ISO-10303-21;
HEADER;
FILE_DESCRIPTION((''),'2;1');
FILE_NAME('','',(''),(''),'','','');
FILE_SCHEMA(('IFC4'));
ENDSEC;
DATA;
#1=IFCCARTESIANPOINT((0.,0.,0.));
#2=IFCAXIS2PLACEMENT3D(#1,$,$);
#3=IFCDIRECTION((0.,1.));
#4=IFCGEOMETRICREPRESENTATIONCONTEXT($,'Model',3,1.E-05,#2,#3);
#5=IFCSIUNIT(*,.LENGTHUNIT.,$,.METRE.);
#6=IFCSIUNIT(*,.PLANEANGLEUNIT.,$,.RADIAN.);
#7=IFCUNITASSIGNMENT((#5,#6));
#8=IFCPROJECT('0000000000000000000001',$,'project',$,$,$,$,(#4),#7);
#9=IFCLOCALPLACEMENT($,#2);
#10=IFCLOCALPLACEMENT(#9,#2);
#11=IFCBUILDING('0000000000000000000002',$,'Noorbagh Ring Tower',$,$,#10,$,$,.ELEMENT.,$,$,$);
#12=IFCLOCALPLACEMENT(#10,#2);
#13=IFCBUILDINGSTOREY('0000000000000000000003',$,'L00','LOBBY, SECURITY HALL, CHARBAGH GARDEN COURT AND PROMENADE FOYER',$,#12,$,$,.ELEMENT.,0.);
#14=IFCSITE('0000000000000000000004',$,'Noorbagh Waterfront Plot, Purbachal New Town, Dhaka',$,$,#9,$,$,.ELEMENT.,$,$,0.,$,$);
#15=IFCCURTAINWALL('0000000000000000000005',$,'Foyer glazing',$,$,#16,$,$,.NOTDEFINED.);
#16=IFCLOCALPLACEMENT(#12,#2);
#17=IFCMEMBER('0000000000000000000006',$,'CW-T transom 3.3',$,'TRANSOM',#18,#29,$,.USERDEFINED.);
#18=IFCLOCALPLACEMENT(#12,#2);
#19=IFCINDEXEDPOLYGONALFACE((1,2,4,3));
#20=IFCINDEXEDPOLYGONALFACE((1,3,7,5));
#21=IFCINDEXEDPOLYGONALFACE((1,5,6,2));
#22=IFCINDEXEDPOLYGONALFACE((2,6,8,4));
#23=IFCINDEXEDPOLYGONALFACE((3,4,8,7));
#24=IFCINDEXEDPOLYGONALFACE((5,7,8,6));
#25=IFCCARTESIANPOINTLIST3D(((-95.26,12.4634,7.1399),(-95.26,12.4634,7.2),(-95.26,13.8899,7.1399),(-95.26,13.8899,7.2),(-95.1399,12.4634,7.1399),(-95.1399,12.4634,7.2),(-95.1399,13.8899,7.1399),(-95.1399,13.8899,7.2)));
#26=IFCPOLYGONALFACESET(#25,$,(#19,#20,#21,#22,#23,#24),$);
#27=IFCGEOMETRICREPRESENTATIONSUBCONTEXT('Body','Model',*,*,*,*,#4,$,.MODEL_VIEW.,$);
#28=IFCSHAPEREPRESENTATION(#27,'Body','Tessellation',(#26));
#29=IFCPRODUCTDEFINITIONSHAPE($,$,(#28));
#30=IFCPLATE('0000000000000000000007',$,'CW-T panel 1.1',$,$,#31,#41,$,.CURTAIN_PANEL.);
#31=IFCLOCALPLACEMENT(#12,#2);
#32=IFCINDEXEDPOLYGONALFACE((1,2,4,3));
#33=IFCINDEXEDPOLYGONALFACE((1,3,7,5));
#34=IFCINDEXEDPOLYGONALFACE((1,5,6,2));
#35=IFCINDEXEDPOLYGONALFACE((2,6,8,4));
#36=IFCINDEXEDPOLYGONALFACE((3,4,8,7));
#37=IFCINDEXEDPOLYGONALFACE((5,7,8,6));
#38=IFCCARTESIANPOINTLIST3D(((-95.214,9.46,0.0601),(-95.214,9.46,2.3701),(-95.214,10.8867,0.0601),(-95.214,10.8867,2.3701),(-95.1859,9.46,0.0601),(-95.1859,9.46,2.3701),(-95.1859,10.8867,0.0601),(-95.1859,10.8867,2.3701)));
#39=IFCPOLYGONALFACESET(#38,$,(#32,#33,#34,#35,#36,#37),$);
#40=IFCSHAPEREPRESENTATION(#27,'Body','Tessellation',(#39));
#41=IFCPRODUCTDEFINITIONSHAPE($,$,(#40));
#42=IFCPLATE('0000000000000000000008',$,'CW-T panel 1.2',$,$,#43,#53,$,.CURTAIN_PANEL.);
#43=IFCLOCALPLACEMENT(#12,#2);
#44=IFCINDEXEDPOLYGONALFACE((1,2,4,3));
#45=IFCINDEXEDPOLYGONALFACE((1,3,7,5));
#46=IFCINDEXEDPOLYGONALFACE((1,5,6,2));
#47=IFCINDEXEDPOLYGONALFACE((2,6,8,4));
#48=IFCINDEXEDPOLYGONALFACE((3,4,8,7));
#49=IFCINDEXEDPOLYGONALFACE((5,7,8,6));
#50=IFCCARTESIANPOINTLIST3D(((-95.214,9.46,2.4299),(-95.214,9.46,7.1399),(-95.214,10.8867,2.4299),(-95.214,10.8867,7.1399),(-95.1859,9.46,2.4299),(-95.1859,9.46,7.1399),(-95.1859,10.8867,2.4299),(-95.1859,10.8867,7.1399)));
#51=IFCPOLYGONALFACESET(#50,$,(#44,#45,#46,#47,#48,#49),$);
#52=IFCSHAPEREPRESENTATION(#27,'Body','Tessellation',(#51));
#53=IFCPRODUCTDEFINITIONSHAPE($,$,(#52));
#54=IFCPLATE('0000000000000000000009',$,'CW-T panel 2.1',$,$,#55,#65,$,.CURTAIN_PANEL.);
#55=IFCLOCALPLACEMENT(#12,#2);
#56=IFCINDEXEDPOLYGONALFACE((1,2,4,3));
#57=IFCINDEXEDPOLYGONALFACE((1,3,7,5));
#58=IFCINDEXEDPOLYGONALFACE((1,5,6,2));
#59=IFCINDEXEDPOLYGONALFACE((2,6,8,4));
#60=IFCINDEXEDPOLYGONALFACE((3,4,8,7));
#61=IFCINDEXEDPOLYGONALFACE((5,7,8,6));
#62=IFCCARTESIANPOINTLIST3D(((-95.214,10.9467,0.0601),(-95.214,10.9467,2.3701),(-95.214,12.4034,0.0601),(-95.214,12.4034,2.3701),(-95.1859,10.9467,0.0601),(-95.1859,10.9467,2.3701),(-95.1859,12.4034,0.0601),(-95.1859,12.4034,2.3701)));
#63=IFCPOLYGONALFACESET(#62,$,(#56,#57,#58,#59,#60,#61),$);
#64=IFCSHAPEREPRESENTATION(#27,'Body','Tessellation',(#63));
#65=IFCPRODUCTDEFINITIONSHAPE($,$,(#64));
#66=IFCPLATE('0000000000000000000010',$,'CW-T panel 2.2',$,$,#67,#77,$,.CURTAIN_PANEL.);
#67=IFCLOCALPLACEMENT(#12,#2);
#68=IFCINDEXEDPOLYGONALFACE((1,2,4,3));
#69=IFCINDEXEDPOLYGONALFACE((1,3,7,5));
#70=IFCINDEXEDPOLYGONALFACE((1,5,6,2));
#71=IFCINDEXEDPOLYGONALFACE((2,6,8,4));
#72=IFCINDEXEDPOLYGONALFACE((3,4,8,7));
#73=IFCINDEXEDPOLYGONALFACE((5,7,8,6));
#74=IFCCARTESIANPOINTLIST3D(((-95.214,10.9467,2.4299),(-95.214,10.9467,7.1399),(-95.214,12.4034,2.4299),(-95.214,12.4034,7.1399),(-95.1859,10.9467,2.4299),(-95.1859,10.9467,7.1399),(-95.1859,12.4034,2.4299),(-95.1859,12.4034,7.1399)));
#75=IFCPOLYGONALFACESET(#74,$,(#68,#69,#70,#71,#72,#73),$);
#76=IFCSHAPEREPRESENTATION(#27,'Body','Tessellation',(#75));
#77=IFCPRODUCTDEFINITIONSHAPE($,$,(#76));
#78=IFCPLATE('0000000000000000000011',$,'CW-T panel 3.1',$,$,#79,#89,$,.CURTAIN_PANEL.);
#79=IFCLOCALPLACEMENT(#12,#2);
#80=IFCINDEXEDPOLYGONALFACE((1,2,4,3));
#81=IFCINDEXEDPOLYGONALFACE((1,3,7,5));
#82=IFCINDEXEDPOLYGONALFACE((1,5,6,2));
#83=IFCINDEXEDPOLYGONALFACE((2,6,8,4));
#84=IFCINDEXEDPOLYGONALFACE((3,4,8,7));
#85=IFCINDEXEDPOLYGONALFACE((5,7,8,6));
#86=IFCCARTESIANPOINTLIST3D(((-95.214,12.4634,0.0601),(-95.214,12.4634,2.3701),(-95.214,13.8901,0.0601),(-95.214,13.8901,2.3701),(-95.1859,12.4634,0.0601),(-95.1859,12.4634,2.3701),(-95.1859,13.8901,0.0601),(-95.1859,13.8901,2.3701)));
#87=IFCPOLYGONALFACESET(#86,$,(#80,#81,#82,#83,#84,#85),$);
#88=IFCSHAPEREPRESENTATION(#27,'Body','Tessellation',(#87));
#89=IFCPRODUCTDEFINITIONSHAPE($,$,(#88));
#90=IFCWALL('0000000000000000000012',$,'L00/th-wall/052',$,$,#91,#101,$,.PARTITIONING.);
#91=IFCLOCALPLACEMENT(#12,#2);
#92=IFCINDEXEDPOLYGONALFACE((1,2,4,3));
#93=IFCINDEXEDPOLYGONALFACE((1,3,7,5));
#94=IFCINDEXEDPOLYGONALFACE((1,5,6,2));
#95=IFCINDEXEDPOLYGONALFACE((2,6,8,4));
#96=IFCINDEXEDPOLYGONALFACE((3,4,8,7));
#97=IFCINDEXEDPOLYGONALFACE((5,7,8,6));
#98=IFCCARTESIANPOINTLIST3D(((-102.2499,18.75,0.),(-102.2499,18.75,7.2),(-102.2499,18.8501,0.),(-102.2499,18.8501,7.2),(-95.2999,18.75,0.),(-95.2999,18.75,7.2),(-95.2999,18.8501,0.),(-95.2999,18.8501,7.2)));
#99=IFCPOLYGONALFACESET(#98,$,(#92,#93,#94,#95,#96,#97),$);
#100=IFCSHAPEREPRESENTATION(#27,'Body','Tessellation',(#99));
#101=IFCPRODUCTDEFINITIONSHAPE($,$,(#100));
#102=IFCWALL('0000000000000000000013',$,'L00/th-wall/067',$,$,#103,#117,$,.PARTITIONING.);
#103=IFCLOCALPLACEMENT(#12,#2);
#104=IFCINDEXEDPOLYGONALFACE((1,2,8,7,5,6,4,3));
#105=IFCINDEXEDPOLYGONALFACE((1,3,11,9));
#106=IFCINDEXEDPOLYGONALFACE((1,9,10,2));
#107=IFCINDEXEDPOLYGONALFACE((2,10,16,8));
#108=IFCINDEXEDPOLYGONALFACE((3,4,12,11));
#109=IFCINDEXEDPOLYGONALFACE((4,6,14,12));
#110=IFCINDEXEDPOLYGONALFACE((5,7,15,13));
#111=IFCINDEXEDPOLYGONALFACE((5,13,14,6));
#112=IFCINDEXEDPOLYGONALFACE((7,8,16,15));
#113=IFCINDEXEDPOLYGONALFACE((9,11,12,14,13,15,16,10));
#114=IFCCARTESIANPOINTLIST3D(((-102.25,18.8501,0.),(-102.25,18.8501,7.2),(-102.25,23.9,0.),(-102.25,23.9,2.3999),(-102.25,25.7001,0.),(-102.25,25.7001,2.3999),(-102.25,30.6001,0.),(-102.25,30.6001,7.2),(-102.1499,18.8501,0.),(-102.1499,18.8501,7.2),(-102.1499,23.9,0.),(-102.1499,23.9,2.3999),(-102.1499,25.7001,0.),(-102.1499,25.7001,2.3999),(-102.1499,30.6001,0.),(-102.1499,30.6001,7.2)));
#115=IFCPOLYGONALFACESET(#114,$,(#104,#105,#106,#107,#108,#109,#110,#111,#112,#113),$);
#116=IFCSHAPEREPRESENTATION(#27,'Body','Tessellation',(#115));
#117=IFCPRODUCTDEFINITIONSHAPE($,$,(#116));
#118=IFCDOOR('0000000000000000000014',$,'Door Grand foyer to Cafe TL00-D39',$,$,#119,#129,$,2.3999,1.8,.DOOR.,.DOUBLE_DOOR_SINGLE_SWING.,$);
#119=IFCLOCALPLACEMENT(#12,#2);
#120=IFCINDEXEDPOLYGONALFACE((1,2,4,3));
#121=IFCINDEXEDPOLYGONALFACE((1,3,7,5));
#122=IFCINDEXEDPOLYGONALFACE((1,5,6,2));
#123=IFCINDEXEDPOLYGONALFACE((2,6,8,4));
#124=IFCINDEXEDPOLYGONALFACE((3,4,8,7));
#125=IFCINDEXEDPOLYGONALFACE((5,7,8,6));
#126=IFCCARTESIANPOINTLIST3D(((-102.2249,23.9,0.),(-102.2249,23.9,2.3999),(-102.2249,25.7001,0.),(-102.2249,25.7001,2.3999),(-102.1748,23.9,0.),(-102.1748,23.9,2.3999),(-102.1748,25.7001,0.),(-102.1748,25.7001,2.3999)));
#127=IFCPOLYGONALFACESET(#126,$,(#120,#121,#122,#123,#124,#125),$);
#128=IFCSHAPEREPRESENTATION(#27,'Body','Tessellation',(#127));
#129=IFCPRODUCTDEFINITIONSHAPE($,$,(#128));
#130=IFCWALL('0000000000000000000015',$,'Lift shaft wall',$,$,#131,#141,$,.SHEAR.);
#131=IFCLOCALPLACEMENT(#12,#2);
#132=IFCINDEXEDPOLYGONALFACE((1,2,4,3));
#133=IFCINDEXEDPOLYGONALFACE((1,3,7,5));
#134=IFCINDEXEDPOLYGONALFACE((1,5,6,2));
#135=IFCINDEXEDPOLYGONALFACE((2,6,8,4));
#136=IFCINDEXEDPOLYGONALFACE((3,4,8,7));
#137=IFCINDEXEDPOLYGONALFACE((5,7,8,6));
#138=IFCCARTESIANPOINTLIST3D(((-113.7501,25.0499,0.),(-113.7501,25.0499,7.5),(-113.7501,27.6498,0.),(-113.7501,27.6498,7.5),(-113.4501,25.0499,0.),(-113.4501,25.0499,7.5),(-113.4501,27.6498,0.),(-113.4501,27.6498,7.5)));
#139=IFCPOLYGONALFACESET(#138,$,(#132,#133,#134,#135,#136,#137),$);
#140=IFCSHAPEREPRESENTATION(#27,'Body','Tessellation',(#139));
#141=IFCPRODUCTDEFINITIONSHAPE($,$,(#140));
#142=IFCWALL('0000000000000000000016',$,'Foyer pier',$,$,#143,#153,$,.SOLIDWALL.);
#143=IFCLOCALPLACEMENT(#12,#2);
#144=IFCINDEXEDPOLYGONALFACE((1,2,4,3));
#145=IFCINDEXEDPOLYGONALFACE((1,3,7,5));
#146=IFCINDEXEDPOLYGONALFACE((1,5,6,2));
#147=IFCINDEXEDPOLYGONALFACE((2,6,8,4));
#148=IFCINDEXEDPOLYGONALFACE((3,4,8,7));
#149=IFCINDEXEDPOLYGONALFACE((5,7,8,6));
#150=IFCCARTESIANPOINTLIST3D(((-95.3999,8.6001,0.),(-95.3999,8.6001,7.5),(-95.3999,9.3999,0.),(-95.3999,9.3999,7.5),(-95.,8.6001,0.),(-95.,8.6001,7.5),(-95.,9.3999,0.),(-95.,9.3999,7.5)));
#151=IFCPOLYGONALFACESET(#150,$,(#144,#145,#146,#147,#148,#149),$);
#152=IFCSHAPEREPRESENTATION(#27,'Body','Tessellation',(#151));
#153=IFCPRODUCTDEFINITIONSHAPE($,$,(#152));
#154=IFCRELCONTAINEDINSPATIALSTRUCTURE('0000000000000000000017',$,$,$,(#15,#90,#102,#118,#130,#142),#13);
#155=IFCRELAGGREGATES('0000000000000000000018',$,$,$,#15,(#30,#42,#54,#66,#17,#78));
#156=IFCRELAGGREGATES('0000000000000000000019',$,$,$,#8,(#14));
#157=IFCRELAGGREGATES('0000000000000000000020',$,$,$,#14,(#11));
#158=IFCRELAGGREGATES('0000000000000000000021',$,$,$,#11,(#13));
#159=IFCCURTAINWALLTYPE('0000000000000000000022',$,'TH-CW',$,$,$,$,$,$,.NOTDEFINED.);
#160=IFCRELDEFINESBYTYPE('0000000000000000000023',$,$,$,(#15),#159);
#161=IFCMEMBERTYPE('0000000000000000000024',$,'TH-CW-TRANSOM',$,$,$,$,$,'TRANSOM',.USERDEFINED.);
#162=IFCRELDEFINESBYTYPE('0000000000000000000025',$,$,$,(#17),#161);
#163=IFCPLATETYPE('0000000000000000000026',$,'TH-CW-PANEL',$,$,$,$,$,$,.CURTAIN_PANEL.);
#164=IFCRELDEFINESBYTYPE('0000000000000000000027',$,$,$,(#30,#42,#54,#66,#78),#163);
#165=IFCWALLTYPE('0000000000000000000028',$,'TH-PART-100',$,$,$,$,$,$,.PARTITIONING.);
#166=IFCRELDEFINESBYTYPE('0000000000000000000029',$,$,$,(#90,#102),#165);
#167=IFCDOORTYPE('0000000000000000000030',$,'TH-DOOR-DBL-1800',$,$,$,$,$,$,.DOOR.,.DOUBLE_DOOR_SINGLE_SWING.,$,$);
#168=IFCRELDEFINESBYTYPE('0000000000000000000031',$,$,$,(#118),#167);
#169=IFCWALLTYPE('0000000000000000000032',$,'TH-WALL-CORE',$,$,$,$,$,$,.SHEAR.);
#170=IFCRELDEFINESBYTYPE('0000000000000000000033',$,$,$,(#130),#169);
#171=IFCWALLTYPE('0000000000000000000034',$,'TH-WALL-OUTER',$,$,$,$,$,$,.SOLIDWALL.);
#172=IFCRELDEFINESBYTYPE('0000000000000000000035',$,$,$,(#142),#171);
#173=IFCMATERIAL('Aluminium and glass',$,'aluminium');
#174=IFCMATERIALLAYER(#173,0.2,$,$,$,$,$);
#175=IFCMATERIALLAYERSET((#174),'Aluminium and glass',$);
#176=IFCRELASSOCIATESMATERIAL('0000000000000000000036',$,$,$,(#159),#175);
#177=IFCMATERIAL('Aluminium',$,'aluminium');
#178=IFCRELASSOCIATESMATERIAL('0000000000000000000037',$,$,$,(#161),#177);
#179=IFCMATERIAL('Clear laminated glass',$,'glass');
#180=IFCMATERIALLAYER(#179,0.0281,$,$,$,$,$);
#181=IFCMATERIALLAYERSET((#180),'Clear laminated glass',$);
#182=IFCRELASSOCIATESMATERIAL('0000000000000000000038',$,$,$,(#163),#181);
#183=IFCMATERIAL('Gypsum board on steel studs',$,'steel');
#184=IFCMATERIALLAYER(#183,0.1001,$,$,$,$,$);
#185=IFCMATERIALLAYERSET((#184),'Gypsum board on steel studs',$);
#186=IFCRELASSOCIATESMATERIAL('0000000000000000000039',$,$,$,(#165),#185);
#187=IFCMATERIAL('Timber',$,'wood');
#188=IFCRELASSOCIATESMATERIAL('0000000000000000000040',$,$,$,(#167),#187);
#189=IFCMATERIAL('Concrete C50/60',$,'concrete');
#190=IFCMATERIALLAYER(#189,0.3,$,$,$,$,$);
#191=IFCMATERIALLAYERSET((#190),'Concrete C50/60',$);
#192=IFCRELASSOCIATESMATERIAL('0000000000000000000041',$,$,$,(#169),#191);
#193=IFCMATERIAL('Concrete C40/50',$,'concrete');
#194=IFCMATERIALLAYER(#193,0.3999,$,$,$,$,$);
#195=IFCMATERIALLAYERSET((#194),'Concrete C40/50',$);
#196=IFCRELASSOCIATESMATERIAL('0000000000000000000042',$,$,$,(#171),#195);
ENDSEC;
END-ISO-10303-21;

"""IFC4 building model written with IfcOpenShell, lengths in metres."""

from ifc_helpers import new_model, si_unit, direction, frame, frame_2d, origin, origin_2d, place, context, subcontext, project, spatial, rectangle, extrude, material, layer, layer_set, material_profile, profile_set, type_object, element, fill, aggregate, save


model = new_model("IFC4")

# Units and contexts
model_context = context("Model", 3, precision=1e-05, world=origin(), true_north=direction((0.0, 1.0)))
body_context = subcontext(model_context, "Body", "Model", "MODEL_VIEW")
ifc_project = project(units=[si_unit("LENGTHUNIT", "METRE"), si_unit("PLANEANGLEUNIT", "RADIAN")], contexts=[model_context])

# Site, building, storey
site_placement = place(None, origin())
site = spatial("IfcSite", under=ifc_project, at=site_placement, Name="Noorbagh Waterfront Plot, Purbachal New Town, Dhaka", CompositionType="ELEMENT", RefElevation=0.0)
building_placement = place(site_placement, origin())
building = spatial("IfcBuilding", under=site, at=building_placement, Name="Noorbagh Ring Tower", CompositionType="ELEMENT")
storey_placement = place(building_placement, origin())
storey = spatial("IfcBuildingStorey", under=building, at=storey_placement, Name="L00", Description="LOBBY, SECURITY HALL, CHARBAGH GARDEN COURT AND PROMENADE FOYER", CompositionType="ELEMENT", Elevation=0.0)

# Curtain wall, member, plates
ifc_material_1 = material(Name="Aluminium and glass", Category="aluminium")
ifc_layer_1 = layer(ifc_material_1, 0.2)
ifc_layer_set_1 = layer_set([ifc_layer_1], Name="Aluminium and glass")
curtain_wall_type = type_object("IfcCurtainWallType", Name="TH-CW", PredefinedType="NOTDEFINED", material=ifc_layer_set_1)
curtain_wall_placement = place(storey_placement, origin())
curtain_wall = element("IfcCurtainWall", 1, at=curtain_wall_placement, inside=storey, type_object=curtain_wall_type, Name="Foyer glazing", PredefinedType="NOTDEFINED")
ifc_material_2 = material(Name="Aluminium", Category="aluminium")
ifc_material_profile_1 = material_profile(ifc_material_2, rectangle(XDim=0.1201, YDim=0.0601, at=origin_2d()), Name="AL 120x60")
ifc_profile_set_1 = profile_set([ifc_material_profile_1], Name="Aluminium")
member_type_1 = type_object("IfcMemberType", Name="TH-CW-TRANSOM", ElementType="TRANSOM", PredefinedType="USERDEFINED", material=ifc_profile_set_1)
member_1_placement = place(storey_placement, frame((-95.2, 12.4634, 7.1699), z_axis=(0.0, 1.0, 0.0), x_axis=(-1.0, 0.0, 0.0)))
member_1 = element("IfcMember", 2, at=member_1_placement, type_object=member_type_1, Name="CW-T transom 3.3", ObjectType="TRANSOM", PredefinedType="USERDEFINED", context=body_context, shape_type="SweptSolid", body=[
    extrude(rectangle(XDim=0.1201, YDim=0.0601, at=origin_2d()), origin(), (0.0, 0.0, 1.0), 1.4265),
])
ifc_material_3 = material(Name="Clear laminated glass", Category="glass")
ifc_layer_2 = layer(ifc_material_3, 0.0281)
ifc_layer_set_2 = layer_set([ifc_layer_2], Name="Clear laminated glass")
plate_type = type_object("IfcPlateType", Name="TH-CW-PANEL", PredefinedType="CURTAIN_PANEL", material=ifc_layer_set_2)
plate_1_placement = place(storey_placement, frame((-95.2, 10.1733, 0.0601), z_axis=(0.0, 0.0, 1.0), x_axis=(0.0, 1.0, 0.0)))
plate_1 = element("IfcPlate", 3, at=plate_1_placement, type_object=plate_type, Name="CW-T panel 1.1", PredefinedType="CURTAIN_PANEL", context=body_context, shape_type="SweptSolid", body=[
    extrude(rectangle(XDim=1.4268, YDim=0.0281, at=origin_2d()), origin(), (0.0, 0.0, 1.0), 2.3101),
])
plate_2_placement = place(storey_placement, frame((-95.2, 10.1733, 2.4299), z_axis=(0.0, 0.0, 1.0), x_axis=(0.0, 1.0, 0.0)))
plate_2 = element("IfcPlate", 4, at=plate_2_placement, type_object=plate_type, Name="CW-T panel 1.2", PredefinedType="CURTAIN_PANEL", context=body_context, shape_type="SweptSolid", body=[
    extrude(rectangle(XDim=1.4268, YDim=0.0281, at=origin_2d()), origin(), (0.0, 0.0, 1.0), 4.71),
])
plate_3_placement = place(storey_placement, frame((-95.2, 11.675, 0.0601), z_axis=(0.0, 0.0, 1.0), x_axis=(0.0, 1.0, 0.0)))
plate_3 = element("IfcPlate", 5, at=plate_3_placement, type_object=plate_type, Name="CW-T panel 2.1", PredefinedType="CURTAIN_PANEL", context=body_context, shape_type="SweptSolid", body=[
    extrude(rectangle(XDim=1.4568, YDim=0.0281, at=origin_2d()), origin(), (0.0, 0.0, 1.0), 2.3101),
])
plate_4_placement = place(storey_placement, frame((-95.2, 11.675, 2.4299), z_axis=(0.0, 0.0, 1.0), x_axis=(0.0, 1.0, 0.0)))
plate_4 = element("IfcPlate", 6, at=plate_4_placement, type_object=plate_type, Name="CW-T panel 2.2", PredefinedType="CURTAIN_PANEL", context=body_context, shape_type="SweptSolid", body=[
    extrude(rectangle(XDim=1.4568, YDim=0.0281, at=origin_2d()), origin(), (0.0, 0.0, 1.0), 4.71),
])
plate_5_placement = place(storey_placement, frame((-95.2, 13.1768, 0.0601), z_axis=(0.0, 0.0, 1.0), x_axis=(0.0, 1.0, 0.0)))
plate_5 = element("IfcPlate", 7, at=plate_5_placement, type_object=plate_type, Name="CW-T panel 3.1", PredefinedType="CURTAIN_PANEL", context=body_context, shape_type="SweptSolid", body=[
    extrude(rectangle(XDim=1.4268, YDim=0.0281, at=origin_2d()), origin(), (0.0, 0.0, 1.0), 2.3101),
])
aggregate(curtain_wall, [plate_1, plate_2, plate_3, plate_4, member_1, plate_5])

# Wall
ifc_material_4 = material(Name="Gypsum board on steel studs", Category="steel")
ifc_layer_3 = layer(ifc_material_4, 0.1001)
ifc_layer_set_3 = layer_set([ifc_layer_3], Name="Gypsum board on steel studs")
wall_type_1 = type_object("IfcWallType", Name="TH-PART-100", PredefinedType="PARTITIONING", material=ifc_layer_set_3)
wall_1_placement = place(storey_placement, frame((-102.25, 18.8, 0.0), z_axis=(0.0, 0.0, 1.0), x_axis=(1.0, 0.0, 0.0)))
element("IfcWall", 8, at=wall_1_placement, inside=storey, type_object=wall_type_1, Name="L00/th-wall/052", PredefinedType="PARTITIONING", context=body_context, shape_type="SweptSolid", body=[
    extrude(rectangle(XDim=6.95, YDim=0.1001, at=frame_2d((3.4751, 0.0))), origin(), (0.0, 0.0, 1.0), 7.2),
])

# Wall, opening, door
wall_2_placement = place(storey_placement, frame((-102.2, 18.8501, 0.0), z_axis=(0.0, 0.0, 1.0), x_axis=(0.0, 1.0, 0.0)))
wall_2 = element("IfcWall", 9, at=wall_2_placement, inside=storey, type_object=wall_type_1, Name="L00/th-wall/067", PredefinedType="PARTITIONING", context=body_context, shape_type="SweptSolid", body=[
    extrude(rectangle(XDim=11.75, YDim=0.1001, at=frame_2d((5.875, 0.0))), origin(), (0.0, 0.0, 1.0), 7.2),
])
opening_1_placement = place(wall_2_placement, frame((5.05, 0.0, 0.0)))
opening_1 = element("IfcOpeningElement", 10, at=opening_1_placement, cuts=wall_2, PredefinedType="OPENING", context=body_context, shape_type="SweptSolid", body=[
    extrude(rectangle(XDim=1.8, YDim=2.3999, at=frame_2d((0.8999, 1.2))), frame((0.0, 0.0601, 0.0), z_axis=(0.0, -1.0, 0.0), x_axis=(1.0, 0.0, 0.0)), (0.0, 0.0, 1.0), 0.1201),
])
ifc_material_5 = material(Name="Timber", Category="wood")
door_type_1 = type_object("IfcDoorType", Name="TH-DOOR-DBL-1800", OperationType="DOUBLE_DOOR_SINGLE_SWING", PredefinedType="DOOR", material=ifc_material_5)
door_1_placement = place(opening_1_placement, origin())
door_1 = element("IfcDoor", 11, at=door_1_placement, inside=storey, type_object=door_type_1, Name="Door Grand foyer to Cafe TL00-D39", OperationType="DOUBLE_DOOR_SINGLE_SWING", OverallHeight=2.3999, OverallWidth=1.8, PredefinedType="DOOR", context=body_context, shape_type="SweptSolid", body=[
    extrude(rectangle(XDim=1.8, YDim=2.3999, at=frame_2d((0.8999, 1.2))), frame((0.0, 0.0249, 0.0), z_axis=(0.0, -1.0, 0.0), x_axis=(1.0, 0.0, 0.0)), (0.0, 0.0, 1.0), 0.05),
])
fill(opening_1, door_1)

# Wall
ifc_material_6 = material(Name="Concrete C50/60", Category="concrete")
ifc_layer_4 = layer(ifc_material_6, 0.3)
ifc_layer_set_4 = layer_set([ifc_layer_4], Name="Concrete C50/60")
wall_type_2 = type_object("IfcWallType", Name="TH-WALL-CORE", PredefinedType="SHEAR", material=ifc_layer_set_4)
wall_3_placement = place(storey_placement, frame((-113.6001, 25.05, 0.0), z_axis=(0.0, 0.0, 1.0), x_axis=(0.0, 1.0, 0.0)))
element("IfcWall", 12, at=wall_3_placement, inside=storey, type_object=wall_type_2, Name="Lift shaft wall", PredefinedType="SHEAR", context=body_context, shape_type="SweptSolid", body=[
    extrude(rectangle(XDim=2.5999, YDim=0.3, at=frame_2d((1.2998, 0.0))), origin(), (0.0, 0.0, 1.0), 7.5),
])

# Shared definitions
ifc_material_7 = material(Name="Concrete C40/50", Category="concrete")
ifc_layer_5 = layer(ifc_material_7, 0.3999)
ifc_layer_set_5 = layer_set([ifc_layer_5], Name="Concrete C40/50")
wall_type_3 = type_object("IfcWallType", Name="TH-WALL-OUTER", PredefinedType="SOLIDWALL", material=ifc_layer_set_5)

# Wall
wall_4_placement = place(storey_placement, frame((-95.2, 8.6001, 0.0), z_axis=(0.0, 0.0, 1.0), x_axis=(0.0, 1.0, 0.0)))
element("IfcWall", 13, at=wall_4_placement, inside=storey, type_object=wall_type_3, Name="Foyer pier", PredefinedType="SOLIDWALL", context=body_context, shape_type="SweptSolid", body=[
    extrude(rectangle(XDim=0.7998, YDim=0.3999, at=frame_2d((0.3999, 0.0))), origin(), (0.0, 0.0, 1.0), 7.5),
])

save(model, "model.ifc")
